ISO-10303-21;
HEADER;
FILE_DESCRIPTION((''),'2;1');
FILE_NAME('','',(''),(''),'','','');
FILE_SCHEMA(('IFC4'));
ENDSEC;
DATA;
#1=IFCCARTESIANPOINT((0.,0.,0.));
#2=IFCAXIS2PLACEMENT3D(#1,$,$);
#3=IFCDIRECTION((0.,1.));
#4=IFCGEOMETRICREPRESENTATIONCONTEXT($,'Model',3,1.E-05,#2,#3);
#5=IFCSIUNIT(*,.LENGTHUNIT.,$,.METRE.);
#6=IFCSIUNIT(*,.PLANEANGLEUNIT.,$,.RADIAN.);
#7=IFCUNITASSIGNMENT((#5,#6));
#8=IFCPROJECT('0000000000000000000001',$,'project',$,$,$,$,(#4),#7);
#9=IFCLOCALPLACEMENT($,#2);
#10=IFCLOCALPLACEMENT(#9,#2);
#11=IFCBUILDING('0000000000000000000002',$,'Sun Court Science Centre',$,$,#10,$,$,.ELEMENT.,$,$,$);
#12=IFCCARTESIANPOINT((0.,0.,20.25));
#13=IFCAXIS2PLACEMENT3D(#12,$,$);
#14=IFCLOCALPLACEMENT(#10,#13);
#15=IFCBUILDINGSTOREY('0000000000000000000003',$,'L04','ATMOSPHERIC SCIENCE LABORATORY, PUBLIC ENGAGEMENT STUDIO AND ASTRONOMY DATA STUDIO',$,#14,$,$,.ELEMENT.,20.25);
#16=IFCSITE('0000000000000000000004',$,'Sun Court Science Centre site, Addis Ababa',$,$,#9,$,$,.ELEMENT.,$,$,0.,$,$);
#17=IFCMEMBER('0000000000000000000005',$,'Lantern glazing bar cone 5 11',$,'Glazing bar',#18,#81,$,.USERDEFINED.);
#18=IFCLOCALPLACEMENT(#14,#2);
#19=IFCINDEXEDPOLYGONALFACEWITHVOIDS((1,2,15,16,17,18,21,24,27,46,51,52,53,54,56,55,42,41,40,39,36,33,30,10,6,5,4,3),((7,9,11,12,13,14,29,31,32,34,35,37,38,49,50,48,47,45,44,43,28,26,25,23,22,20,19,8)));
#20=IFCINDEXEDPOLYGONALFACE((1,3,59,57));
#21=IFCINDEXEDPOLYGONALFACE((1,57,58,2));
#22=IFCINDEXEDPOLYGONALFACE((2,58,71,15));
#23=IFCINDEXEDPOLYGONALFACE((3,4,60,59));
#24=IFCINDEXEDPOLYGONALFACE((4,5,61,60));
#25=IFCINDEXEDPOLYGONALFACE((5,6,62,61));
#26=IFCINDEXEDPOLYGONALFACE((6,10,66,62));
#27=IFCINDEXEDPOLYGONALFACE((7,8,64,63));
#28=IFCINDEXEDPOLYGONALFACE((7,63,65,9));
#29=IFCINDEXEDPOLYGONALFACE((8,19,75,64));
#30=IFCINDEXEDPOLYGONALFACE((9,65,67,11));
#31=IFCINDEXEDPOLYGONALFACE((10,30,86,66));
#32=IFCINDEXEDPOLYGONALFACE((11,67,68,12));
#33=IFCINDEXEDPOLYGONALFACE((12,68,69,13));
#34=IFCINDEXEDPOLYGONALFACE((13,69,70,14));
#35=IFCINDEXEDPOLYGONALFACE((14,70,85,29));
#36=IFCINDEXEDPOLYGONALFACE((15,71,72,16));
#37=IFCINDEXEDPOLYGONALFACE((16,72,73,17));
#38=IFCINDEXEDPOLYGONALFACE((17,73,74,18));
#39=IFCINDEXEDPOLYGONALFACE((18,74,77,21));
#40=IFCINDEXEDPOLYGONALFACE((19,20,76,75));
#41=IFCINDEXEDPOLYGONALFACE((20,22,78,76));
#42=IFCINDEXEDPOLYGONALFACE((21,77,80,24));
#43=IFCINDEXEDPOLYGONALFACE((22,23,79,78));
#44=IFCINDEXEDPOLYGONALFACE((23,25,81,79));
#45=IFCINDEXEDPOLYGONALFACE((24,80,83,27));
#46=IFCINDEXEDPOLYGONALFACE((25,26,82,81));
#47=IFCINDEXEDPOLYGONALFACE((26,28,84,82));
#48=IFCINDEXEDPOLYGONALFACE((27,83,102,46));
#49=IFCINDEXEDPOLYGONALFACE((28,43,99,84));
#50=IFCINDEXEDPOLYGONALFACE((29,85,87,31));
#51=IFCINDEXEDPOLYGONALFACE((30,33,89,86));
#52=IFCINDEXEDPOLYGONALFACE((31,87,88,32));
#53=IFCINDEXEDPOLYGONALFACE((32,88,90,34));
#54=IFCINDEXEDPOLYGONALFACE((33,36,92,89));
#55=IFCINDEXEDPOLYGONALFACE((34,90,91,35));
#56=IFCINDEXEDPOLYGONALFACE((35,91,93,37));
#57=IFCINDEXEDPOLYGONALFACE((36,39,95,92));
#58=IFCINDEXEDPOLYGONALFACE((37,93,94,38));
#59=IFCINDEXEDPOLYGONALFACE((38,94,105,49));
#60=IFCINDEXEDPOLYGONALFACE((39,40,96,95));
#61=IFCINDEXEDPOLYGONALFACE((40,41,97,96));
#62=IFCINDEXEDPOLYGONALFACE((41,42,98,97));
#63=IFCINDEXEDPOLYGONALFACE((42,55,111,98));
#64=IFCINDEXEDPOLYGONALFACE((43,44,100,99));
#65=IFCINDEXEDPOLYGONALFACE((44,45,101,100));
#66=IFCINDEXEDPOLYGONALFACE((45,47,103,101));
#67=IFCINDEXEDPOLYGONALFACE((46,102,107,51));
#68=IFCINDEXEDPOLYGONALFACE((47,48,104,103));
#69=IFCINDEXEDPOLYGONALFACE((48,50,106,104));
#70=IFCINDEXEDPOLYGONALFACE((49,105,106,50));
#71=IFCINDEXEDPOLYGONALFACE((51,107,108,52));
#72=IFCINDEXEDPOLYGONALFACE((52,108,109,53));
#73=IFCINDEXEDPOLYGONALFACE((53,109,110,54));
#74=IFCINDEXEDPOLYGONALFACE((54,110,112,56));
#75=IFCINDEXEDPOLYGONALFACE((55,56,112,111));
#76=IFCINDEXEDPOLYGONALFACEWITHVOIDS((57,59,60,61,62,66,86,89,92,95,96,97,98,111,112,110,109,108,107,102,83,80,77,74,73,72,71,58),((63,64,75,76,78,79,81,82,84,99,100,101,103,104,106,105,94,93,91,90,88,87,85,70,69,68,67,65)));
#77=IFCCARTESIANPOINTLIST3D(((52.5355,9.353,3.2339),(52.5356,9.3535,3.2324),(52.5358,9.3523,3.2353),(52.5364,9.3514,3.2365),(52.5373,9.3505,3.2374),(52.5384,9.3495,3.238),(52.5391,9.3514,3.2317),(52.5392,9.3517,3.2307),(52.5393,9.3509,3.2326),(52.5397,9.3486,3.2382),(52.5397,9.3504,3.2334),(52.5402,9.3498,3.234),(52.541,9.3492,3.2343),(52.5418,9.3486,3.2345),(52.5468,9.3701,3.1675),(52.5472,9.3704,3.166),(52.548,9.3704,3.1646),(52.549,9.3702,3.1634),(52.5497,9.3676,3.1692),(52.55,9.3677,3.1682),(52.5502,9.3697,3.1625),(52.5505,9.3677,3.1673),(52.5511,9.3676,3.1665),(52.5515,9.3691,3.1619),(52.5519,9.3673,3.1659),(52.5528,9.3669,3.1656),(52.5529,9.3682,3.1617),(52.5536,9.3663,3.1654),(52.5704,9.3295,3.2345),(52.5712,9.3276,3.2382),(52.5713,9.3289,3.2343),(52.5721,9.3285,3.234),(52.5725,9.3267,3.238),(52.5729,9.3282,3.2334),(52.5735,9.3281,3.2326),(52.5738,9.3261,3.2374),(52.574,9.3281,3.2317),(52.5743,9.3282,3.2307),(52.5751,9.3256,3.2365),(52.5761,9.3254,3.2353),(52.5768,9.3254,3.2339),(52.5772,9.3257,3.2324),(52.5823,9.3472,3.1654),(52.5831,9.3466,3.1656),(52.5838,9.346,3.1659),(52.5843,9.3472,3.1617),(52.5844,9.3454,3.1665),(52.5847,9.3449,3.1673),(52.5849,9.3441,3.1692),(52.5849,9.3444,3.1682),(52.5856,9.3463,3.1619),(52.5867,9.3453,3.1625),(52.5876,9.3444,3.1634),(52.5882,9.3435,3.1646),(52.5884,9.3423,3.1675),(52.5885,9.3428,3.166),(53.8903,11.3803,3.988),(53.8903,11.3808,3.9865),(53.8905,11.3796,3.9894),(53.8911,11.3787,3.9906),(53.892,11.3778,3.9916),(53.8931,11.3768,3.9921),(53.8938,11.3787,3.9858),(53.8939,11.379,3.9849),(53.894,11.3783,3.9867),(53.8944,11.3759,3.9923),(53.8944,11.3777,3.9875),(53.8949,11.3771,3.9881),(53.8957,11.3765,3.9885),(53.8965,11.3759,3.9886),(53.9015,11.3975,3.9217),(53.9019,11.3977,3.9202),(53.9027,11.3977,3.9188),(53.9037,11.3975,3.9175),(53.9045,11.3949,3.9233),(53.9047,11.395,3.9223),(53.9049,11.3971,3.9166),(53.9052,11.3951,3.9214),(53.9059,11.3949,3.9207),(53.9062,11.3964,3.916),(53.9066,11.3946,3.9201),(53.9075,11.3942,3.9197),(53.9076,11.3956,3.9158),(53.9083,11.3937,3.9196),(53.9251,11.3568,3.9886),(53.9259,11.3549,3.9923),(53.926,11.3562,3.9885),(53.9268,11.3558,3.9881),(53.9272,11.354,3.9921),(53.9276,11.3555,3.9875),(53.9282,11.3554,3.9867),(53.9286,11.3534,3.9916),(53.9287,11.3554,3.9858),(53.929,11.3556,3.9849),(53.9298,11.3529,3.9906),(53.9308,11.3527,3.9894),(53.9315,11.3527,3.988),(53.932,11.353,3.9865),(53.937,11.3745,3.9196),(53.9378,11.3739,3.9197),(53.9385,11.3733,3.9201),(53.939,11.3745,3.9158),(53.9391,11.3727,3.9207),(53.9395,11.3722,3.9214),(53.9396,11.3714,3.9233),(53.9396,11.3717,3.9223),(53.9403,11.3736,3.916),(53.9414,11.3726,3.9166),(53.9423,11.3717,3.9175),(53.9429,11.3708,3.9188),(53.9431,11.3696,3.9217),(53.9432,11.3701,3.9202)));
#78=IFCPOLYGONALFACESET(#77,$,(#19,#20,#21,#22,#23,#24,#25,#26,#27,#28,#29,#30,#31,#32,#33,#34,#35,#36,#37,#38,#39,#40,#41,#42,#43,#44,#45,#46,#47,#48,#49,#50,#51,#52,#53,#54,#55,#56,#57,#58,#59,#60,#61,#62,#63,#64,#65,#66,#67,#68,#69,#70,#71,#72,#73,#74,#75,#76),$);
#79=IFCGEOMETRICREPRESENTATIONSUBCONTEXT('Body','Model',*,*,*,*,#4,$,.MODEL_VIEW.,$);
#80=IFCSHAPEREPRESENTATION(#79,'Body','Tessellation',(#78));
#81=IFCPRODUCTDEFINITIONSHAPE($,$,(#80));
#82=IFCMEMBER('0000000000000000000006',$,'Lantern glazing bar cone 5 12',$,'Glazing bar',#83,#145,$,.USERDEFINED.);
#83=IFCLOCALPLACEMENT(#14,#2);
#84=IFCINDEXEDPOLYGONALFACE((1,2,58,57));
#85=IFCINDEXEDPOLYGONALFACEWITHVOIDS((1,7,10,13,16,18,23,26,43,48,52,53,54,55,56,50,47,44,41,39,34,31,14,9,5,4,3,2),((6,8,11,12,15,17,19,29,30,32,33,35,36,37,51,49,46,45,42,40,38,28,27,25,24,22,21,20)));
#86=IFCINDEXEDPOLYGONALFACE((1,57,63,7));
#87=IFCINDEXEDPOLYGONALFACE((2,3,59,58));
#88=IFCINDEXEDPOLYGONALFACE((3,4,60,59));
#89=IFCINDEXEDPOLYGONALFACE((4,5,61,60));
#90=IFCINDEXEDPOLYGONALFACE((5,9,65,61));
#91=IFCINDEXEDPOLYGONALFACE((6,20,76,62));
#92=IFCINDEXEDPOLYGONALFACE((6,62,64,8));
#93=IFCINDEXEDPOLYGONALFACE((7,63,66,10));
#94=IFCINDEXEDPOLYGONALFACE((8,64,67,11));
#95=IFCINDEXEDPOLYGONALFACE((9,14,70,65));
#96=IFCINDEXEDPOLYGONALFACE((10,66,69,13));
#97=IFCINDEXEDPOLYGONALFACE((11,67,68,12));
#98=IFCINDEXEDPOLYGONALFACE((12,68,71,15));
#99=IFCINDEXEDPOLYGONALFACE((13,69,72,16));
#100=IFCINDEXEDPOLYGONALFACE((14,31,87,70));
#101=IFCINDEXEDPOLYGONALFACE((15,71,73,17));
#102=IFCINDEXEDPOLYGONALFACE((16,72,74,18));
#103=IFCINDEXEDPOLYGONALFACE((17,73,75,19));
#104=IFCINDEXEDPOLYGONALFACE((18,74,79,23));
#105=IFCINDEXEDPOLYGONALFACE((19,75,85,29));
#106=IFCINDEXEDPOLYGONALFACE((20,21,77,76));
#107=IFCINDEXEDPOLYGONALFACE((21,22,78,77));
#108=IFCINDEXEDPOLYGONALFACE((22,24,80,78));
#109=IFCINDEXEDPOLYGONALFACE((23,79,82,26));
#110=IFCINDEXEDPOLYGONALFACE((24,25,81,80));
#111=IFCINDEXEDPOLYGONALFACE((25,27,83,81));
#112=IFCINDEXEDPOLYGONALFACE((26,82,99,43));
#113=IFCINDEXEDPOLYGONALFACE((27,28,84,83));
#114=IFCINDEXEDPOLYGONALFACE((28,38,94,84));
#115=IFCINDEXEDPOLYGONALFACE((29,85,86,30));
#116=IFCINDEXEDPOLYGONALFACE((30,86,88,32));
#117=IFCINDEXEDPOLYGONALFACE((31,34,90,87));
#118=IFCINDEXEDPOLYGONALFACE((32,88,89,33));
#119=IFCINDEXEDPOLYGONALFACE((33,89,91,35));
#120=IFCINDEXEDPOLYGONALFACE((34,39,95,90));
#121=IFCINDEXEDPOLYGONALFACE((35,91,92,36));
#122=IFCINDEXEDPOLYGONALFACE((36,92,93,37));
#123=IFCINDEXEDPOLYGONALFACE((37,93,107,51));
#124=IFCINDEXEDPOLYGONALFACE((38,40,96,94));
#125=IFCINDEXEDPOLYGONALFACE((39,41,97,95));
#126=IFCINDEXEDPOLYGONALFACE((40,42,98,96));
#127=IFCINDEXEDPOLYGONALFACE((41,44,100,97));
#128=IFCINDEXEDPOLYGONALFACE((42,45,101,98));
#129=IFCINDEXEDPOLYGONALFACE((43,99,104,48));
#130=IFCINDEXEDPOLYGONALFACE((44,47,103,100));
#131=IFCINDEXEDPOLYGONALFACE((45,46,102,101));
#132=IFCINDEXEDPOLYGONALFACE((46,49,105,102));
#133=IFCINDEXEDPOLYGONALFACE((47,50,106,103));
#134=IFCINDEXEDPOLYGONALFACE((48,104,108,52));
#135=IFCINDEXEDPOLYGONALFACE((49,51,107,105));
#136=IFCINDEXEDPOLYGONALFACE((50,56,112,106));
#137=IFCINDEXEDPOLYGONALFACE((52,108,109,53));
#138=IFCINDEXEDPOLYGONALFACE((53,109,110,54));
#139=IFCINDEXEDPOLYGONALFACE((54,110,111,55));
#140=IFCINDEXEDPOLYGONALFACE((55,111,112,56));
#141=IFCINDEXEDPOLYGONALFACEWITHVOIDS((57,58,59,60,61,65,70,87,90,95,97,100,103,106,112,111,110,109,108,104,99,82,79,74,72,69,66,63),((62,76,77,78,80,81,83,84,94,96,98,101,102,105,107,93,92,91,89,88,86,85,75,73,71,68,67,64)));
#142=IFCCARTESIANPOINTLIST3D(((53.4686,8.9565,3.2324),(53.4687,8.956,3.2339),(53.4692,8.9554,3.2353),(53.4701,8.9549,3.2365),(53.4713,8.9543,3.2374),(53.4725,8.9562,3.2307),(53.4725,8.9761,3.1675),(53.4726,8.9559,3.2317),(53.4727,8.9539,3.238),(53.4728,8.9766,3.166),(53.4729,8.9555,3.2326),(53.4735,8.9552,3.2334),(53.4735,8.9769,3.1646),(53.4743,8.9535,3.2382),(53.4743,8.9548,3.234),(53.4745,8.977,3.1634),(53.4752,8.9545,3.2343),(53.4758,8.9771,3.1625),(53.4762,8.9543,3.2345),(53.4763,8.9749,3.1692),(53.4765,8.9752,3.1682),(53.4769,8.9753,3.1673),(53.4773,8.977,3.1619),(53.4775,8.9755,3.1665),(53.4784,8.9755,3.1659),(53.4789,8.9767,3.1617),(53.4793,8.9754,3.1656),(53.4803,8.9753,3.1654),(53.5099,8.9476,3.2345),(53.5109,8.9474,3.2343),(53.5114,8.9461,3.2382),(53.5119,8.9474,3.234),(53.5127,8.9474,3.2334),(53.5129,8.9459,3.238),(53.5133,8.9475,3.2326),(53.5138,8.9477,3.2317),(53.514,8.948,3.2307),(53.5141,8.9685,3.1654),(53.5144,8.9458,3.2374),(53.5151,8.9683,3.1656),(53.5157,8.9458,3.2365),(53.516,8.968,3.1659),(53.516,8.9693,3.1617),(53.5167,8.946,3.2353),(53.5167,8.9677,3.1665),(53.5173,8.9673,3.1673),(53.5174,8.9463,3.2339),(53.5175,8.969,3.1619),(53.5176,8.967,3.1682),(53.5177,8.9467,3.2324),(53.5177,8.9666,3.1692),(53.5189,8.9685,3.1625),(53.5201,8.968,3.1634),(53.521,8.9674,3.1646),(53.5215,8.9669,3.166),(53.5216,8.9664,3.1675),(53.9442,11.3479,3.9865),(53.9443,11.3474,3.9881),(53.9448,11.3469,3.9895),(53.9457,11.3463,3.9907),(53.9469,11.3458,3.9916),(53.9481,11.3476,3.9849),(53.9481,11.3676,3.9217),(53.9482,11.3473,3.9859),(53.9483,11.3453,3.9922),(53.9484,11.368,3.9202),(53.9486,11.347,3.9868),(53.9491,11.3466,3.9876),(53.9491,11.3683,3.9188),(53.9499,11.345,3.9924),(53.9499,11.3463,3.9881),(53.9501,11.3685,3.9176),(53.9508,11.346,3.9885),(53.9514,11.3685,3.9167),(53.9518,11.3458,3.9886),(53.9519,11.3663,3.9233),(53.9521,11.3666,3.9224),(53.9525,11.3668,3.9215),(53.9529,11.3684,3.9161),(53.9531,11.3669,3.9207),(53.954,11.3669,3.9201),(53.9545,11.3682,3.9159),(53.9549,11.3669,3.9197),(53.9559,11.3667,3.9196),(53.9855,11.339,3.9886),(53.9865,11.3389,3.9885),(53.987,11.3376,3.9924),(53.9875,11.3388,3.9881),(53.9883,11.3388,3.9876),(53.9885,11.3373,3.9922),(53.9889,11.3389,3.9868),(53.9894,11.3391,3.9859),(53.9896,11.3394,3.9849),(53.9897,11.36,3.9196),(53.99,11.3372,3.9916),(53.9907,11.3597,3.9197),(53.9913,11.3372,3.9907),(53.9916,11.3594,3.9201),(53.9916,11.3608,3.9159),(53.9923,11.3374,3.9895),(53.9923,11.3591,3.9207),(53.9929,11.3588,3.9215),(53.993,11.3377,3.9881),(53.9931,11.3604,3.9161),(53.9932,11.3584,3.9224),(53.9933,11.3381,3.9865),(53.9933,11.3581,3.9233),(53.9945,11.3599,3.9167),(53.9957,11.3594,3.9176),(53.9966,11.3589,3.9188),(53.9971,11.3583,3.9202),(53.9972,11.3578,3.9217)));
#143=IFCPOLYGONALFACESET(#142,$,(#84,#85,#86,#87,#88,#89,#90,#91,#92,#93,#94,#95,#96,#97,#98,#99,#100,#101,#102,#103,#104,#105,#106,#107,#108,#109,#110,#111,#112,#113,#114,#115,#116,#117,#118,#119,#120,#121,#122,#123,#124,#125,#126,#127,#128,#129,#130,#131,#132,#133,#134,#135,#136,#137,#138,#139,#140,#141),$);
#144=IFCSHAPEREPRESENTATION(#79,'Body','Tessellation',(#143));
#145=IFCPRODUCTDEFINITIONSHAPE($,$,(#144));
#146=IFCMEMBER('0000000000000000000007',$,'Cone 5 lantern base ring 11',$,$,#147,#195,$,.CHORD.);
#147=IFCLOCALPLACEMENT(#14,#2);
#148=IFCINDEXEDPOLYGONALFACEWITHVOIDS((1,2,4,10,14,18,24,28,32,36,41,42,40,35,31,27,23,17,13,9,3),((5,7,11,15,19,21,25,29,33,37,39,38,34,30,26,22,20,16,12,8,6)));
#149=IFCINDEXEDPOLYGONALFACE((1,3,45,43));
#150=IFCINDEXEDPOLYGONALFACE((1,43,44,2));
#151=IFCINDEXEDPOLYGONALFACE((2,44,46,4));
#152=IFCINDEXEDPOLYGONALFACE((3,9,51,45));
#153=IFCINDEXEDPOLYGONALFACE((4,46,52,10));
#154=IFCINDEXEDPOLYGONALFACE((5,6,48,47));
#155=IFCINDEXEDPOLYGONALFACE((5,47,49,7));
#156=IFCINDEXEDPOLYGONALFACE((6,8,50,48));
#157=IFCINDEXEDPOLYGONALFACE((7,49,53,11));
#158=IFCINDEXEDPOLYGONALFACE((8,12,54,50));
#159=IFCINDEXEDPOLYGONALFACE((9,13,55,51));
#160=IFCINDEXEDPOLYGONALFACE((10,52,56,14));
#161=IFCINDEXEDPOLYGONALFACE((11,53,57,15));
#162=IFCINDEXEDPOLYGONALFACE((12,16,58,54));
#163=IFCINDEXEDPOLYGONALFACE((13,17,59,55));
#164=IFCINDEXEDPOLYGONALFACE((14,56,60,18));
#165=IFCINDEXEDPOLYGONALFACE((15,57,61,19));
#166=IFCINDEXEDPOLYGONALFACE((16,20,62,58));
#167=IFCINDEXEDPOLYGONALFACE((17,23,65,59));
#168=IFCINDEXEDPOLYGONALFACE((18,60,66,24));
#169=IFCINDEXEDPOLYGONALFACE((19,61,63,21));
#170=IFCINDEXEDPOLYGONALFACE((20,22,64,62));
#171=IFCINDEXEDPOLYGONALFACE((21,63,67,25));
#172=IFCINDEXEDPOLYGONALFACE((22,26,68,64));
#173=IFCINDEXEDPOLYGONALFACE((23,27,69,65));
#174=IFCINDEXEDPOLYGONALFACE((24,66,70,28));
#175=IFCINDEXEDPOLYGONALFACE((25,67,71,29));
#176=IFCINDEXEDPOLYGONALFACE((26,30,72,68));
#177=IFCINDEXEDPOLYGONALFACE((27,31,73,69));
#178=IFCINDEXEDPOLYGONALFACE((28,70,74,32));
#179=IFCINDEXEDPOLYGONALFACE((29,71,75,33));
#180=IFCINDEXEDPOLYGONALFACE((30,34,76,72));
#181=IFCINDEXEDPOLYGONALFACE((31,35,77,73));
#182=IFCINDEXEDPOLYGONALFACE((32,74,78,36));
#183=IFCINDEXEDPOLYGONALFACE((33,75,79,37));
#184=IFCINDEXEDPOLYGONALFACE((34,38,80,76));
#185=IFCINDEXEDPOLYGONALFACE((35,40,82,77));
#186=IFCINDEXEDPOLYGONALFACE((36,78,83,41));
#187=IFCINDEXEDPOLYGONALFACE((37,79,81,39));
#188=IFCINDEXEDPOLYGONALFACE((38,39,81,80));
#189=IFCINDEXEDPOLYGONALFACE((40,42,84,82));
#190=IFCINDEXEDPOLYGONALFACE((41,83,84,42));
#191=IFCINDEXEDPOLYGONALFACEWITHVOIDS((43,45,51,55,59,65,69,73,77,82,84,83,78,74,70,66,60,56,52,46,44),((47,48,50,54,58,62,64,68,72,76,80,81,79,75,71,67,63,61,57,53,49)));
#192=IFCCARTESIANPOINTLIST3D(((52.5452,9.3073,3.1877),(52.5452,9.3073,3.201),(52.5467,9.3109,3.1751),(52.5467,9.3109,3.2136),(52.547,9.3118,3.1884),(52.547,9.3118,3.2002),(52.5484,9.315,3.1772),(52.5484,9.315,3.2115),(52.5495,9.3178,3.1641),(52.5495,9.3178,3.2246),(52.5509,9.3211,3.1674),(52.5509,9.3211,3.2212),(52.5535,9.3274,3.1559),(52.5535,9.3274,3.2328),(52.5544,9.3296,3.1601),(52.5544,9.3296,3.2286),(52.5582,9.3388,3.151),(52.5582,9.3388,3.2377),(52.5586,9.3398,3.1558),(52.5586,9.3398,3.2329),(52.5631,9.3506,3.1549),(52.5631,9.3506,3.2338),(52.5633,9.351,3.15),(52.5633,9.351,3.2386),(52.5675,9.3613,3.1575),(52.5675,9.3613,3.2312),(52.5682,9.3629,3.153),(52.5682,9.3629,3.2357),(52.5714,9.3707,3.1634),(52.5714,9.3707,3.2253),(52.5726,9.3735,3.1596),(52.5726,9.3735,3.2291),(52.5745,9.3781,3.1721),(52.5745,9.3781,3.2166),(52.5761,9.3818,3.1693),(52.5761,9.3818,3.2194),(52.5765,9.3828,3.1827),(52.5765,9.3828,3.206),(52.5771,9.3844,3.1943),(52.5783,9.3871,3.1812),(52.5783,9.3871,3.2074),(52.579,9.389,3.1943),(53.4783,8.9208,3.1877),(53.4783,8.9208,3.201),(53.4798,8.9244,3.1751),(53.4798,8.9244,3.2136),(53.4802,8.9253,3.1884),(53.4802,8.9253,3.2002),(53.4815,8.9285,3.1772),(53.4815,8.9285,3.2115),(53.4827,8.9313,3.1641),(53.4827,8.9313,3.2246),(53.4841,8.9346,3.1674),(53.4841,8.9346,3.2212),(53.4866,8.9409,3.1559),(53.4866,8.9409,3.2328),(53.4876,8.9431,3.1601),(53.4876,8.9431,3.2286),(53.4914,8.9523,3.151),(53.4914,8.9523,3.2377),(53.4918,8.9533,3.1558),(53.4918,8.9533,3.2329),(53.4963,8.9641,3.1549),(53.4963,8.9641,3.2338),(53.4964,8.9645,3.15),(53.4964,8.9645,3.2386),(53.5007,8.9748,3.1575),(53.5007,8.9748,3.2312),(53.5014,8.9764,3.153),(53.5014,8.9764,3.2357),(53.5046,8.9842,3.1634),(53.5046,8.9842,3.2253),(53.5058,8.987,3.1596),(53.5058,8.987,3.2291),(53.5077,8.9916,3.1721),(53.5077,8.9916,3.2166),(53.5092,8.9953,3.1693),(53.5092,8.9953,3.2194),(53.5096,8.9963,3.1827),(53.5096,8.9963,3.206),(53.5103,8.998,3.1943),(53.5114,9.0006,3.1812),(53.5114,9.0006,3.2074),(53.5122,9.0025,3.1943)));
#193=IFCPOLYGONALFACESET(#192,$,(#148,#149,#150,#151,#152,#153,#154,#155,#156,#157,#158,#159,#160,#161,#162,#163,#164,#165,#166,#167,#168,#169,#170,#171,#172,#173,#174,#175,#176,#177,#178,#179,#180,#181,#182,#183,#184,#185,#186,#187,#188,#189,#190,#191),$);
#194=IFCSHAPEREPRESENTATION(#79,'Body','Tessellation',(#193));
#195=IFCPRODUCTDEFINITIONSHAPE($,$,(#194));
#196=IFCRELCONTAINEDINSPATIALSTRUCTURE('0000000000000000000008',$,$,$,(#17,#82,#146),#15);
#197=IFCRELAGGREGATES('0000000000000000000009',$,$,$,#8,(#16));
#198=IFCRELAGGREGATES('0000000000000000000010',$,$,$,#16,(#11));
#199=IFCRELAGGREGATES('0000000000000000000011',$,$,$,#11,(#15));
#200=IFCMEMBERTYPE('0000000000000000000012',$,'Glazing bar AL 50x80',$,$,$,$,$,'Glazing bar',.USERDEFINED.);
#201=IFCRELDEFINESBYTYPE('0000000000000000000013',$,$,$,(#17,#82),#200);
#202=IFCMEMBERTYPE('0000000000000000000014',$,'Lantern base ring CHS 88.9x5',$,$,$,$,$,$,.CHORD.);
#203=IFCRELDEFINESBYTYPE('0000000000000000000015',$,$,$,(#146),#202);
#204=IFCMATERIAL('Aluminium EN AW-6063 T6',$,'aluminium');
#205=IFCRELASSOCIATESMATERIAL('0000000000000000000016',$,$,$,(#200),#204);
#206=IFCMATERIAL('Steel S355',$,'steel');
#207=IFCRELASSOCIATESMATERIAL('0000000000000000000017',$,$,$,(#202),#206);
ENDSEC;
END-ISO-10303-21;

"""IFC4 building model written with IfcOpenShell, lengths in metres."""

from ifc_helpers import new_model, si_unit, direction, frame, origin, origin_2d, place, context, subcontext, project, spatial, hollow_rectangle, hollow_circle, extrude, material, material_profile, profile_set, type_object, element, save


model = new_model("IFC4")

# Units and contexts
model_context = context("Model", 3, precision=1e-05, world=origin(), true_north=direction((0.0, 1.0)))
body_context = subcontext(model_context, "Body", "Model", "MODEL_VIEW")
ifc_project = project(units=[si_unit("LENGTHUNIT", "METRE"), si_unit("PLANEANGLEUNIT", "RADIAN")], contexts=[model_context])

# Site, building, storey
site_placement = place(None, origin())
site = spatial("IfcSite", under=ifc_project, at=site_placement, Name="Sun Court Science Centre site, Addis Ababa", CompositionType="ELEMENT", RefElevation=0.0)
building_placement = place(site_placement, origin())
building = spatial("IfcBuilding", under=site, at=building_placement, Name="Sun Court Science Centre", CompositionType="ELEMENT")
storey_placement = place(building_placement, frame((0.0, 0.0, 20.25)))
storey = spatial("IfcBuildingStorey", under=building, at=storey_placement, Name="L04", Description="ATMOSPHERIC SCIENCE LABORATORY, PUBLIC ENGAGEMENT STUDIO AND ASTRONOMY DATA STUDIO", CompositionType="ELEMENT", Elevation=20.25)

# Members
ifc_material_1 = material(Name="Aluminium EN AW-6063 T6", Category="aluminium")
ifc_material_profile_1 = material_profile(ifc_material_1, hollow_rectangle(XDim=0.05, YDim=0.0801, WallThickness=0.0039, InnerFilletRadius=0.0039, OuterFilletRadius=0.0061, at=origin_2d()), Name="AL 50x80x4")
ifc_profile_set_1 = profile_set([ifc_material_profile_1], Name="Aluminium EN AW-6063 T6")
member_type_1 = type_object("IfcMemberType", Name="Glazing bar AL 50x80", ElementType="Glazing bar", PredefinedType="USERDEFINED", material=ifc_profile_set_1)
for number, where, z_axis, x_axis, name in (
    (1, (52.562, 9.3479, 3.2), (0.530793, 0.794324, 0.29548), (-0.831449, 0.555601, 0.0), "Lantern glazing bar cone 5 11"),
    (2, (53.4951, 8.9614, 3.2), (0.186347, 0.936994, 0.295495), (-0.980792, 0.195057, 0.0), "Lantern glazing bar cone 5 12"),
):
    element("IfcMember", number, at=place(storey_placement, frame(where, z_axis=z_axis, x_axis=x_axis)), inside=storey, type_object=member_type_1, Name=name, ObjectType="Glazing bar", PredefinedType="USERDEFINED", context=body_context, shape_type="SweptSolid", body=[
        extrude(hollow_rectangle(XDim=0.05, YDim=0.0801, WallThickness=0.0039, InnerFilletRadius=0.0039, OuterFilletRadius=0.0061, at=origin_2d()), origin(), (0.0, 0.0, 1.0), 2.5522),
    ])
ifc_material_2 = material(Name="Steel S355", Category="steel")
ifc_material_profile_2 = material_profile(ifc_material_2, hollow_circle(Radius=0.0444, WallThickness=0.0049, at=origin_2d()), Name="CHS 88.9x5")
ifc_profile_set_2 = profile_set([ifc_material_profile_2], Name="Steel S355")
member_type_2 = type_object("IfcMemberType", Name="Lantern base ring CHS 88.9x5", PredefinedType="CHORD", material=ifc_profile_set_2)
member_1_placement = place(storey_placement, frame((52.562, 9.3479, 3.1943), z_axis=(0.92389, -0.382658, 0.0), x_axis=(0.382658, 0.92389, 0.0)))
element("IfcMember", 3, at=member_1_placement, inside=storey, type_object=member_type_2, Name="Cone 5 lantern base ring 11", PredefinedType="CHORD", context=body_context, shape_type="SweptSolid", body=[
    extrude(hollow_circle(Radius=0.0444, WallThickness=0.0049, at=origin_2d()), origin(), (0.0, 0.0, 1.0), 1.01),
])

save(model, "model.ifc")
